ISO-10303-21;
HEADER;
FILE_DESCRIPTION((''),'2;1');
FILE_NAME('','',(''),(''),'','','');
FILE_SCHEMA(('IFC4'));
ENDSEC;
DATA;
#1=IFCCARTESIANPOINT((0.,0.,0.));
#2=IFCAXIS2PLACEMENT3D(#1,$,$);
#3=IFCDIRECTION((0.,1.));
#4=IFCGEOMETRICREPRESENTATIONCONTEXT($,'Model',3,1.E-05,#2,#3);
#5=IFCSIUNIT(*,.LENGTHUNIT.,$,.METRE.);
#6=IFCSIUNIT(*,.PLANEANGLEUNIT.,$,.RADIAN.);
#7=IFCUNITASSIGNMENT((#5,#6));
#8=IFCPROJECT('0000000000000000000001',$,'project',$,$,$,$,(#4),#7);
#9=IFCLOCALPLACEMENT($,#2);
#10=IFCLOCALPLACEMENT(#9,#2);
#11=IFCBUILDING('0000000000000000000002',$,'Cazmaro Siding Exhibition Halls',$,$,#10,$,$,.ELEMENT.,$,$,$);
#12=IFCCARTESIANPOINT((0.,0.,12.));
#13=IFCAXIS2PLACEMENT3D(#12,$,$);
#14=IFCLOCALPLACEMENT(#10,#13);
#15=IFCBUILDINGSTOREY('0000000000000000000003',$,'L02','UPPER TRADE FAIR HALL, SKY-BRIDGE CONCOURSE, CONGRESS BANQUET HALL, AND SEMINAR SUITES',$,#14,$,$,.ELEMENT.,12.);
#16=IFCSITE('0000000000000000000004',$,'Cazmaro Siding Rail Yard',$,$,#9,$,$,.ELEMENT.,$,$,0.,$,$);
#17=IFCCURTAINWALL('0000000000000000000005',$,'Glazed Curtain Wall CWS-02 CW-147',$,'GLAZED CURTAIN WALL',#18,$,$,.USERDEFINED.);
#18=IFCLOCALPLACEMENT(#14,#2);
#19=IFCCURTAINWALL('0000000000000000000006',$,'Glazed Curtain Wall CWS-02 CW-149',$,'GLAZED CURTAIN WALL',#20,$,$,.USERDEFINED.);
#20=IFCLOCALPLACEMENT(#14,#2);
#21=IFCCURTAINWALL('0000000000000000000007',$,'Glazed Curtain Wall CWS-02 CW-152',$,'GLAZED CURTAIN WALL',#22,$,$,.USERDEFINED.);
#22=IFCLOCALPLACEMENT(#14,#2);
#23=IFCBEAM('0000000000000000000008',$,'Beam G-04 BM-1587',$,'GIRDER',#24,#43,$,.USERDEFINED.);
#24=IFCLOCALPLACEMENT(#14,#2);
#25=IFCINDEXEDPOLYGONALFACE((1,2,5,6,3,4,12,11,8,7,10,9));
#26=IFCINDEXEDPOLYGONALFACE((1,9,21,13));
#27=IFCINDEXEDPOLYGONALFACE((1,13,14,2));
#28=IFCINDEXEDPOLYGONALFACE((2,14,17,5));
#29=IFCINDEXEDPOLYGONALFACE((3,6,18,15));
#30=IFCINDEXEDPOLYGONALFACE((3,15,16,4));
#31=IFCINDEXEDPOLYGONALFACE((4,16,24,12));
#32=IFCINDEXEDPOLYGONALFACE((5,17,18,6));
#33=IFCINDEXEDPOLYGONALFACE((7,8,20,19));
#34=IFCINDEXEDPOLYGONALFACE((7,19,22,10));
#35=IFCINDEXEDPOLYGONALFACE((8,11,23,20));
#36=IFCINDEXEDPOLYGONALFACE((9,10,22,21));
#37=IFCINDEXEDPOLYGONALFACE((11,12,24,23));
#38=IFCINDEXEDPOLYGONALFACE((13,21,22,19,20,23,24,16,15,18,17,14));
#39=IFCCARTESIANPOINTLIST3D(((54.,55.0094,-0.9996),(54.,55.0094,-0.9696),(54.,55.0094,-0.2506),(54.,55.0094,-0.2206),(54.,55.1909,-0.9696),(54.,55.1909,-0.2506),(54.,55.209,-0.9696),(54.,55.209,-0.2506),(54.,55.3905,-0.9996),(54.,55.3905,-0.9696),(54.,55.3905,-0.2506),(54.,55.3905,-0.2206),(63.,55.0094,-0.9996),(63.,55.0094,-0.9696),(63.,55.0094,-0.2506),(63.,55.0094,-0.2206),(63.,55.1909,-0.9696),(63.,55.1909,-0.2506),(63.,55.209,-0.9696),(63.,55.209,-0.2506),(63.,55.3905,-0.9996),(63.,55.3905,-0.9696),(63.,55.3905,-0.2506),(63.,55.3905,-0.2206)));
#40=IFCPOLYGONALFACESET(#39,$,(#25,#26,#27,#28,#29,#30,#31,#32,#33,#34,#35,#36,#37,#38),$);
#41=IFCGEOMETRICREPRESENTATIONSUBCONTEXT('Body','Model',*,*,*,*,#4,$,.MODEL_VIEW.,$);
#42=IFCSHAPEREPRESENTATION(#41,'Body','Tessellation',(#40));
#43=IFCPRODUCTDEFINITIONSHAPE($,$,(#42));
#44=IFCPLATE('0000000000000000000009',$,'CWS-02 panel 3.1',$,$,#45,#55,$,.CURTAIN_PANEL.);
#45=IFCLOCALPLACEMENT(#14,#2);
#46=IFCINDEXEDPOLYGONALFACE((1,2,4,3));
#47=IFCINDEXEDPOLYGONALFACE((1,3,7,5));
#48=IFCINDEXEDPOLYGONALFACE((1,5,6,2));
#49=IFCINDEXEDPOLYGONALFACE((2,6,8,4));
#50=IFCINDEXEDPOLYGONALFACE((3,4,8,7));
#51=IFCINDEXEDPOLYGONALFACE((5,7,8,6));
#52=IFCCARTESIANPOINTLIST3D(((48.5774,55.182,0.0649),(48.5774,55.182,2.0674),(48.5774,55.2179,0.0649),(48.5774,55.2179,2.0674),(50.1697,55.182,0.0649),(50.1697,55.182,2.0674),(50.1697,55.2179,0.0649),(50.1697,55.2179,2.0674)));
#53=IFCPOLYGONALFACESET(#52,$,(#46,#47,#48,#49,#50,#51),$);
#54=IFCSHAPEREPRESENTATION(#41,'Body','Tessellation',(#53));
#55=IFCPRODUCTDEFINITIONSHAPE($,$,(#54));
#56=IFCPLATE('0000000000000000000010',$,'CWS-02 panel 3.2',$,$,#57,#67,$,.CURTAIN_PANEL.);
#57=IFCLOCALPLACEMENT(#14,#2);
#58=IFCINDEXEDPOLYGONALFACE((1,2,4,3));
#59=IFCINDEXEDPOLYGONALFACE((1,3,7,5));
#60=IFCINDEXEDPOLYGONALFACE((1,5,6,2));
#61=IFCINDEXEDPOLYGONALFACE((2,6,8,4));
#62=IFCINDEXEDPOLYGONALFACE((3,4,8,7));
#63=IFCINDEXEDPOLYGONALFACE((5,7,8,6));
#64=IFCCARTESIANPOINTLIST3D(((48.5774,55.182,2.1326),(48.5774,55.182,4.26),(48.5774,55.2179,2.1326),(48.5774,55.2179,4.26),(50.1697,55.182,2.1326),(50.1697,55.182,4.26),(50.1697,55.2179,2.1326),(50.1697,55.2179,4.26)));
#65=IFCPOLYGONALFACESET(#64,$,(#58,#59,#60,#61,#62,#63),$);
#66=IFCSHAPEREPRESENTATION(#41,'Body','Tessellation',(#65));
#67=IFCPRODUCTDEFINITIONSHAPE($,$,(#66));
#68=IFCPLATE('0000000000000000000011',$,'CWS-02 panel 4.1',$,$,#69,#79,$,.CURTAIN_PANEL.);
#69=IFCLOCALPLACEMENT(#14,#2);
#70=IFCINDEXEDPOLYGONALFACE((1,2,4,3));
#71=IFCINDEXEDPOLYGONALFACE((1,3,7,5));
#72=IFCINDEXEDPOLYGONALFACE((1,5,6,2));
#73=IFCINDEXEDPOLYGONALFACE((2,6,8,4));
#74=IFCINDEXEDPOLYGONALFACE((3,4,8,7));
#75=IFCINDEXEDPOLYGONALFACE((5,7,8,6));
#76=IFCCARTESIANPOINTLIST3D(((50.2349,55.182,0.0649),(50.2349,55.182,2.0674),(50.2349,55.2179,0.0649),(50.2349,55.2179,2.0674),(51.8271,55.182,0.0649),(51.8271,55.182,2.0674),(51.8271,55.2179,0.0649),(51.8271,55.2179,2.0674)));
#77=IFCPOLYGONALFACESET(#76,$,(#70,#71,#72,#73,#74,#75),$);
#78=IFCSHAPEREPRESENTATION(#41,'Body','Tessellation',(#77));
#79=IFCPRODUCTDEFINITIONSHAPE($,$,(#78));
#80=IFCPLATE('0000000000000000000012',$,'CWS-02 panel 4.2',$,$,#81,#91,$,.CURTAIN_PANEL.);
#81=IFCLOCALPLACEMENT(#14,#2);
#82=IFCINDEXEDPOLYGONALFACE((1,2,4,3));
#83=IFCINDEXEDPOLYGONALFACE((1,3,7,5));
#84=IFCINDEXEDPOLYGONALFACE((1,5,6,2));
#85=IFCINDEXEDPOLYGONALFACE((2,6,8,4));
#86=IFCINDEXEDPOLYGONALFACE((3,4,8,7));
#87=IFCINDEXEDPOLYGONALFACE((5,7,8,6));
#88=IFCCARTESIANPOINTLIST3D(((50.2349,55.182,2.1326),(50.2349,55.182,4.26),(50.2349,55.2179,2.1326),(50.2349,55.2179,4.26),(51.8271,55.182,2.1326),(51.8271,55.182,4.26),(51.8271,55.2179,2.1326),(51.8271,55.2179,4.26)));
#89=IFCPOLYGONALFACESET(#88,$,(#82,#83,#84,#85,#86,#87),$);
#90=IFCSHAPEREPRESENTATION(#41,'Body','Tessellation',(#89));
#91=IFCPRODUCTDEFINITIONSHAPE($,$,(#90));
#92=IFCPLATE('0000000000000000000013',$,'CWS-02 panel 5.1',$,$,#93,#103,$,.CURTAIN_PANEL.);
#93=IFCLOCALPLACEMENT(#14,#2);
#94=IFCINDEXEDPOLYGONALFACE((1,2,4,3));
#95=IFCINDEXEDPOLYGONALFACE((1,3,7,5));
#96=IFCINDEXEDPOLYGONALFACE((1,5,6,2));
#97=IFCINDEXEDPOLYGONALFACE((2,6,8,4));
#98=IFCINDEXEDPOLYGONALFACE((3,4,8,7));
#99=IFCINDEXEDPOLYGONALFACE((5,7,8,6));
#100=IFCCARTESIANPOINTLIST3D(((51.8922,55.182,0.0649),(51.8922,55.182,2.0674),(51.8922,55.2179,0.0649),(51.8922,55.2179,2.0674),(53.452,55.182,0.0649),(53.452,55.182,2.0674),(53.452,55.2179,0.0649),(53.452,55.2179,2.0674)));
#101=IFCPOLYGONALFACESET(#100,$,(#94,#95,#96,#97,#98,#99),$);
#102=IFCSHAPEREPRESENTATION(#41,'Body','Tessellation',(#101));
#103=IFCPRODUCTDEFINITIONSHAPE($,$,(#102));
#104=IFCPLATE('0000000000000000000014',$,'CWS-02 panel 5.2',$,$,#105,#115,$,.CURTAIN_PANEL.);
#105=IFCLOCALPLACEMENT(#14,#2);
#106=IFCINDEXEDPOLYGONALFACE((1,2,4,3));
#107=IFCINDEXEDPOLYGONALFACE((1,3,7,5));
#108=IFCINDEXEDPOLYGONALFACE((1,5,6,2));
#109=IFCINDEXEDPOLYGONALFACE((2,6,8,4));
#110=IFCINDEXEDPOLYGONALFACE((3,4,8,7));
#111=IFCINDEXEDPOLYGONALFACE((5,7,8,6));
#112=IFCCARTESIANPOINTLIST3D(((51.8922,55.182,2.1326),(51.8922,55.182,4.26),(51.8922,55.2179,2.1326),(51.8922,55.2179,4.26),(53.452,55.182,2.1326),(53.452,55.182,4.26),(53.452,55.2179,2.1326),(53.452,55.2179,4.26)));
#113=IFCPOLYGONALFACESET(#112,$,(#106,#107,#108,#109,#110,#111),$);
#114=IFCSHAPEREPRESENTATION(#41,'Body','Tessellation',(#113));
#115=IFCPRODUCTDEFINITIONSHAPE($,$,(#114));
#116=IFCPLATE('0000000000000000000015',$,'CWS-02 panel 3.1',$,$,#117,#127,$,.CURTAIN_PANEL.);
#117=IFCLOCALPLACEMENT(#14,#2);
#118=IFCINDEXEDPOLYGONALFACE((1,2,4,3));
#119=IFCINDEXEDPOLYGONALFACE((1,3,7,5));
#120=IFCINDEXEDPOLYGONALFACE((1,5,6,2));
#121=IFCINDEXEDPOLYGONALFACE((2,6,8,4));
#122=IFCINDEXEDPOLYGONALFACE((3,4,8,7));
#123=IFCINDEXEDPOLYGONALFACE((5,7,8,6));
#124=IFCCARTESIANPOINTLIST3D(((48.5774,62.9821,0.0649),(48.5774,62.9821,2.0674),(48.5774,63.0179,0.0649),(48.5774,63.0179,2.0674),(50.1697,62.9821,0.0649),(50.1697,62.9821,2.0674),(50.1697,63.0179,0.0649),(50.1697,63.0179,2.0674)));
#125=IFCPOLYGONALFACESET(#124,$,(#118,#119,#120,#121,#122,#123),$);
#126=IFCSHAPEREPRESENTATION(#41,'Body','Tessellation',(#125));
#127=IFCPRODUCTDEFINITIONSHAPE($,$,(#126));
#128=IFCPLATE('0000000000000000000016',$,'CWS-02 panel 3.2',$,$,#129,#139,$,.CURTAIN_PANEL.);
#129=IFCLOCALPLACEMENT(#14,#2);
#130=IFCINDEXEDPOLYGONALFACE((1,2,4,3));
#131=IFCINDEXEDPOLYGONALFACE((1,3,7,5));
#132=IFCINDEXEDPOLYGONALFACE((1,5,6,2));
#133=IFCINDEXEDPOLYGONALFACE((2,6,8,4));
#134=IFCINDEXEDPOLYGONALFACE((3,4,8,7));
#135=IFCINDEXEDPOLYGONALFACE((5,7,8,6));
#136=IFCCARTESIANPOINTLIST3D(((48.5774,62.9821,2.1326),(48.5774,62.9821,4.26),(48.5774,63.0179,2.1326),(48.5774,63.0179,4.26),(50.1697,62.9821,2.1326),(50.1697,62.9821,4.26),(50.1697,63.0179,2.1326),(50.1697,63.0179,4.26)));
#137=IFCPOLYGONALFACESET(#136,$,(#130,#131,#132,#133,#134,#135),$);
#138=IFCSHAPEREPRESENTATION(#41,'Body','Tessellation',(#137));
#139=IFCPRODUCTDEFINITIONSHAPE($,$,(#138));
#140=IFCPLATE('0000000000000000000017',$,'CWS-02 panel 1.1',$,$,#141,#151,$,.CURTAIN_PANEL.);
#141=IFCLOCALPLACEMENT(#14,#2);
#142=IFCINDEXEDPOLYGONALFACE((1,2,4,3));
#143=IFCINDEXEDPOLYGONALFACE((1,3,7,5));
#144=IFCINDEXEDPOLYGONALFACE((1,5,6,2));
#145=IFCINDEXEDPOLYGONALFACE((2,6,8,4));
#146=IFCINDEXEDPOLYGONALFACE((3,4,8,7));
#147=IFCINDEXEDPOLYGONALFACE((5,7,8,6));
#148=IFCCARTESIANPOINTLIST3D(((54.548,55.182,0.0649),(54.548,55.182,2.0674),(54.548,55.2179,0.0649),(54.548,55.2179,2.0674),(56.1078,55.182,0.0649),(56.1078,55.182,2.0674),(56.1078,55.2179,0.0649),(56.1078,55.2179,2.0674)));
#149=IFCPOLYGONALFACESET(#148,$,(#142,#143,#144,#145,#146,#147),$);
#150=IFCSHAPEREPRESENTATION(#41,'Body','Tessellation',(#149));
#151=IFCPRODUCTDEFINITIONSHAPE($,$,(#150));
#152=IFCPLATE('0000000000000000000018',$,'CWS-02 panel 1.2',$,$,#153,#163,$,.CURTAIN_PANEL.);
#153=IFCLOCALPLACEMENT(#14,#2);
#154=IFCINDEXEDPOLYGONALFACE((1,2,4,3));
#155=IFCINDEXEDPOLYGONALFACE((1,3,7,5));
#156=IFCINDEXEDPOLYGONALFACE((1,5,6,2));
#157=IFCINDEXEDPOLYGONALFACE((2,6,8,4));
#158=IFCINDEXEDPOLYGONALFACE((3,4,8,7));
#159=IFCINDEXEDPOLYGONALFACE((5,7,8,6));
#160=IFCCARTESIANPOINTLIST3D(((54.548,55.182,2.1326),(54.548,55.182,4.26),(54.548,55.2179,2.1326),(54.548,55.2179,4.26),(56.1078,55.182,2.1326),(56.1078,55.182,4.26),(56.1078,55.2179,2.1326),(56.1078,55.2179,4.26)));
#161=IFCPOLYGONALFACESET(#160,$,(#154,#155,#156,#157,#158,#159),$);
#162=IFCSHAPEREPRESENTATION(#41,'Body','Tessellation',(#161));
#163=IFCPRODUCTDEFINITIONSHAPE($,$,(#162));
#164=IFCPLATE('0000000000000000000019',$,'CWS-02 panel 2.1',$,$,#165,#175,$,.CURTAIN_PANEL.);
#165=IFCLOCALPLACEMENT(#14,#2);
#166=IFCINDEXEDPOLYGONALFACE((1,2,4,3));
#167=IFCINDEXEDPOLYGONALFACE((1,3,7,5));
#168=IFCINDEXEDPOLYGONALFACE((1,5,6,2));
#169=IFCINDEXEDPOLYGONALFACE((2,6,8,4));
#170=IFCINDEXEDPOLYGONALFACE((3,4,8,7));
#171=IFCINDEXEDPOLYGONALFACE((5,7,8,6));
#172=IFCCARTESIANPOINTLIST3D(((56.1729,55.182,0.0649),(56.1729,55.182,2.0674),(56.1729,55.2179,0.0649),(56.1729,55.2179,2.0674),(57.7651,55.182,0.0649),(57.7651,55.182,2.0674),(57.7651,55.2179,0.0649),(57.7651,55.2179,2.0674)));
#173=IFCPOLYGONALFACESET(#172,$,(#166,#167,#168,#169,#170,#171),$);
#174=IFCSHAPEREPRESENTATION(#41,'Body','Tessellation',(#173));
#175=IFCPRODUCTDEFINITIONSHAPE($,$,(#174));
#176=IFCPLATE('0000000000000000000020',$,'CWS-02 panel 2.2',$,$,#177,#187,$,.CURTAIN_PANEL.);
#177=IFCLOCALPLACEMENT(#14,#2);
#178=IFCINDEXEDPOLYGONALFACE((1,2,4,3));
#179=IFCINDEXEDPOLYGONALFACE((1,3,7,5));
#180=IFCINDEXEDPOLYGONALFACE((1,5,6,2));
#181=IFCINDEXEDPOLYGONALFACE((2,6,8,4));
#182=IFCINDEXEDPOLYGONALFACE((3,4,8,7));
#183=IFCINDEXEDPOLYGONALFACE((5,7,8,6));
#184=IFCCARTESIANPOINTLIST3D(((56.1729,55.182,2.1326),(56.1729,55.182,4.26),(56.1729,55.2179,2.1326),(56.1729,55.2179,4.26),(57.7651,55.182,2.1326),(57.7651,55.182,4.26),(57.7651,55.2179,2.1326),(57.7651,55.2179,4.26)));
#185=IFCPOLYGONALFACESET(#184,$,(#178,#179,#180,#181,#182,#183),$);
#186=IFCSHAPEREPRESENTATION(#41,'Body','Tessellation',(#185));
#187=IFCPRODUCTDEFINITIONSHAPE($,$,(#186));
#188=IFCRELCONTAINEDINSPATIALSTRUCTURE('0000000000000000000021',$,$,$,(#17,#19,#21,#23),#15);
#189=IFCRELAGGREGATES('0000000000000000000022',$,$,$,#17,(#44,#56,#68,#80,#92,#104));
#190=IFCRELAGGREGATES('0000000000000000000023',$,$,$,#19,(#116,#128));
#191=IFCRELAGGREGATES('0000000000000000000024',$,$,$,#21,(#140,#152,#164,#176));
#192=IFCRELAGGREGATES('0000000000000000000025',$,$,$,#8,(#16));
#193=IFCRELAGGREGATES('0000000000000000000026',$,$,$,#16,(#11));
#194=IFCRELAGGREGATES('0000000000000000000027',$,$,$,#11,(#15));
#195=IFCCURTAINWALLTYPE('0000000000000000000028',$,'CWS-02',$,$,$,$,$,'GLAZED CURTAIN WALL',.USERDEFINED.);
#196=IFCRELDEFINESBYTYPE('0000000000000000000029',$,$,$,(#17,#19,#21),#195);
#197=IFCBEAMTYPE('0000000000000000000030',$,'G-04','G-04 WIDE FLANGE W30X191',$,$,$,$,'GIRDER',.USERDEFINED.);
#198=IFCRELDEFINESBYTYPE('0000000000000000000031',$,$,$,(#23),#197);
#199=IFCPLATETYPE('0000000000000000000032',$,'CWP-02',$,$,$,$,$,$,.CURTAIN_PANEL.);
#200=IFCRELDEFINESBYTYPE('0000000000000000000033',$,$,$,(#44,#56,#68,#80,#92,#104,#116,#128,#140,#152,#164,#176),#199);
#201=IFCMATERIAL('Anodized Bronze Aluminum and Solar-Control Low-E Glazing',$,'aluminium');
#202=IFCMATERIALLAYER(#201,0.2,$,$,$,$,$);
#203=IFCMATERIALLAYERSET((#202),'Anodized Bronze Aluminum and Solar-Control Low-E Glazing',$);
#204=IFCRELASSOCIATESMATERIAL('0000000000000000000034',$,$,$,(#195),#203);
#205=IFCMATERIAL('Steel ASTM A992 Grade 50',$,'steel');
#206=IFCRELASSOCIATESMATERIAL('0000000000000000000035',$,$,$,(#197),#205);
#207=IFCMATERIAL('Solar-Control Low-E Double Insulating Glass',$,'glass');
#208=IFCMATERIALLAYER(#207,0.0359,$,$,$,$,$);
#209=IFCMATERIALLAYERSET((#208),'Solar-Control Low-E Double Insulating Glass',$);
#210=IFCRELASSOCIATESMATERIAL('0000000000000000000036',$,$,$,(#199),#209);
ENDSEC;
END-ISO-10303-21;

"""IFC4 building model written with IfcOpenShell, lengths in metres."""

from ifc_helpers import new_model, si_unit, direction, frame, origin, origin_2d, place, context, subcontext, project, spatial, rectangle, i_section, extrude, material, layer, layer_set, material_profile, profile_set, type_object, element, aggregate, save


model = new_model("IFC4")

# Units and contexts
model_context = context("Model", 3, precision=1e-05, world=origin(), true_north=direction((0.0, 1.0)))
body_context = subcontext(model_context, "Body", "Model", "MODEL_VIEW")
ifc_project = project(units=[si_unit("LENGTHUNIT", "METRE"), si_unit("PLANEANGLEUNIT", "RADIAN")], contexts=[model_context])

# Site, building, storey
site_placement = place(None, origin())
site = spatial("IfcSite", under=ifc_project, at=site_placement, Name="Cazmaro Siding Rail Yard", CompositionType="ELEMENT", RefElevation=0.0)
building_placement = place(site_placement, origin())
building = spatial("IfcBuilding", under=site, at=building_placement, Name="Cazmaro Siding Exhibition Halls", CompositionType="ELEMENT")
storey_placement = place(building_placement, frame((0.0, 0.0, 12.0)))
storey = spatial("IfcBuildingStorey", under=building, at=storey_placement, Name="L02", Description="UPPER TRADE FAIR HALL, SKY-BRIDGE CONCOURSE, CONGRESS BANQUET HALL, AND SEMINAR SUITES", CompositionType="ELEMENT", Elevation=12.0)

# Curtain wall
ifc_material_1 = material(Name="Anodized Bronze Aluminum and Solar-Control Low-E Glazing", Category="aluminium")
ifc_layer_1 = layer(ifc_material_1, 0.2)
ifc_layer_set_1 = layer_set([ifc_layer_1], Name="Anodized Bronze Aluminum and Solar-Control Low-E Glazing")
curtain_wall_type = type_object("IfcCurtainWallType", Name="CWS-02", ElementType="GLAZED CURTAIN WALL", PredefinedType="USERDEFINED", material=ifc_layer_set_1)
curtain_wall_1_placement = place(storey_placement, origin())
curtain_wall_1 = element("IfcCurtainWall", 1, at=curtain_wall_1_placement, inside=storey, type_object=curtain_wall_type, Name="Glazed Curtain Wall CWS-02 CW-147", ObjectType="GLAZED CURTAIN WALL", PredefinedType="USERDEFINED")

# Curtain wall
curtain_wall_2_placement = place(storey_placement, origin())
curtain_wall_2 = element("IfcCurtainWall", 2, at=curtain_wall_2_placement, inside=storey, type_object=curtain_wall_type, Name="Glazed Curtain Wall CWS-02 CW-149", ObjectType="GLAZED CURTAIN WALL", PredefinedType="USERDEFINED")

# Curtain wall
curtain_wall_3_placement = place(storey_placement, origin())
curtain_wall_3 = element("IfcCurtainWall", 3, at=curtain_wall_3_placement, inside=storey, type_object=curtain_wall_type, Name="Glazed Curtain Wall CWS-02 CW-152", ObjectType="GLAZED CURTAIN WALL", PredefinedType="USERDEFINED")

# Beam
ifc_material_2 = material(Name="Steel ASTM A992 Grade 50", Category="steel")
ifc_material_profile_1 = material_profile(ifc_material_2, i_section(OverallWidth=0.3811, OverallDepth=0.7791, WebThickness=0.0181, FlangeThickness=0.03, at=origin_2d()), Name="W30X191")
ifc_profile_set_1 = profile_set([ifc_material_profile_1], Name="Steel ASTM A992 Grade 50")
beam_type_1 = type_object("IfcBeamType", Name="G-04", Description="G-04 WIDE FLANGE W30X191", ElementType="GIRDER", PredefinedType="USERDEFINED", material=ifc_profile_set_1)
beam_1_placement = place(storey_placement, frame((54.0, 55.2, -0.6101), z_axis=(1.0, 0.0, 0.0), x_axis=(0.0, 1.0, 0.0)))
element("IfcBeam", 4, at=beam_1_placement, inside=storey, type_object=beam_type_1, Name="Beam G-04 BM-1587", ObjectType="GIRDER", PredefinedType="USERDEFINED", context=body_context, shape_type="SweptSolid", body=[
    extrude(i_section(OverallWidth=0.3811, OverallDepth=0.7791, WebThickness=0.0181, FlangeThickness=0.03, at=origin_2d()), origin(), (0.0, 0.0, 1.0), 9.0),
])

# Plates
ifc_material_3 = material(Name="Solar-Control Low-E Double Insulating Glass", Category="glass")
ifc_layer_2 = layer(ifc_material_3, 0.0359)
ifc_layer_set_2 = layer_set([ifc_layer_2], Name="Solar-Control Low-E Double Insulating Glass")
plate_type = type_object("IfcPlateType", Name="CWP-02", PredefinedType="CURTAIN_PANEL", material=ifc_layer_set_2)
plate_1_placement = place(storey_placement, frame((49.3735, 55.2, 0.0649), z_axis=(0.0, 0.0, 1.0), x_axis=(1.0, 0.0, 0.0)))
plate_1 = element("IfcPlate", 5, at=plate_1_placement, type_object=plate_type, Name="CWS-02 panel 3.1", PredefinedType="CURTAIN_PANEL", context=body_context, shape_type="SweptSolid", body=[
    extrude(rectangle(XDim=1.5923, YDim=0.0359, at=origin_2d()), origin(), (0.0, 0.0, 1.0), 2.0024),
])
plate_2_placement = place(storey_placement, frame((49.3735, 55.2, 2.1326), z_axis=(0.0, 0.0, 1.0), x_axis=(1.0, 0.0, 0.0)))
plate_2 = element("IfcPlate", 6, at=plate_2_placement, type_object=plate_type, Name="CWS-02 panel 3.2", PredefinedType="CURTAIN_PANEL", context=body_context, shape_type="SweptSolid", body=[
    extrude(rectangle(XDim=1.5923, YDim=0.0359, at=origin_2d()), origin(), (0.0, 0.0, 1.0), 2.1274),
])
plate_3_placement = place(storey_placement, frame((51.031, 55.2, 0.0649), z_axis=(0.0, 0.0, 1.0), x_axis=(1.0, 0.0, 0.0)))
plate_3 = element("IfcPlate", 7, at=plate_3_placement, type_object=plate_type, Name="CWS-02 panel 4.1", PredefinedType="CURTAIN_PANEL", context=body_context, shape_type="SweptSolid", body=[
    extrude(rectangle(XDim=1.5923, YDim=0.0359, at=origin_2d()), origin(), (0.0, 0.0, 1.0), 2.0024),
])
plate_4_placement = place(storey_placement, frame((51.031, 55.2, 2.1326), z_axis=(0.0, 0.0, 1.0), x_axis=(1.0, 0.0, 0.0)))
plate_4 = element("IfcPlate", 8, at=plate_4_placement, type_object=plate_type, Name="CWS-02 panel 4.2", PredefinedType="CURTAIN_PANEL", context=body_context, shape_type="SweptSolid", body=[
    extrude(rectangle(XDim=1.5923, YDim=0.0359, at=origin_2d()), origin(), (0.0, 0.0, 1.0), 2.1274),
])
plate_5_placement = place(storey_placement, frame((52.6721, 55.2, 0.0649), z_axis=(0.0, 0.0, 1.0), x_axis=(1.0, 0.0, 0.0)))
plate_5 = element("IfcPlate", 9, at=plate_5_placement, type_object=plate_type, Name="CWS-02 panel 5.1", PredefinedType="CURTAIN_PANEL", context=body_context, shape_type="SweptSolid", body=[
    extrude(rectangle(XDim=1.5598, YDim=0.0359, at=origin_2d()), origin(), (0.0, 0.0, 1.0), 2.0024),
])
plate_6_placement = place(storey_placement, frame((52.6721, 55.2, 2.1326), z_axis=(0.0, 0.0, 1.0), x_axis=(1.0, 0.0, 0.0)))
plate_6 = element("IfcPlate", 10, at=plate_6_placement, type_object=plate_type, Name="CWS-02 panel 5.2", PredefinedType="CURTAIN_PANEL", context=body_context, shape_type="SweptSolid", body=[
    extrude(rectangle(XDim=1.5598, YDim=0.0359, at=origin_2d()), origin(), (0.0, 0.0, 1.0), 2.1274),
])
aggregate(curtain_wall_1, [plate_1, plate_2, plate_3, plate_4, plate_5, plate_6])
plate_7_placement = place(storey_placement, frame((49.3735, 63.0, 0.0649), z_axis=(0.0, 0.0, 1.0), x_axis=(-1.0, 0.0, 0.0)))
plate_7 = element("IfcPlate", 11, at=plate_7_placement, type_object=plate_type, Name="CWS-02 panel 3.1", PredefinedType="CURTAIN_PANEL", context=body_context, shape_type="SweptSolid", body=[
    extrude(rectangle(XDim=1.5923, YDim=0.0359, at=origin_2d()), origin(), (0.0, 0.0, 1.0), 2.0024),
])
plate_8_placement = place(storey_placement, frame((49.3735, 63.0, 2.1326), z_axis=(0.0, 0.0, 1.0), x_axis=(-1.0, 0.0, 0.0)))
plate_8 = element("IfcPlate", 12, at=plate_8_placement, type_object=plate_type, Name="CWS-02 panel 3.2", PredefinedType="CURTAIN_PANEL", context=body_context, shape_type="SweptSolid", body=[
    extrude(rectangle(XDim=1.5923, YDim=0.0359, at=origin_2d()), origin(), (0.0, 0.0, 1.0), 2.1274),
])
aggregate(curtain_wall_2, [plate_7, plate_8])
plate_9_placement = place(storey_placement, frame((55.3279, 55.2, 0.0649), z_axis=(0.0, 0.0, 1.0), x_axis=(1.0, 0.0, 0.0)))
plate_9 = element("IfcPlate", 13, at=plate_9_placement, type_object=plate_type, Name="CWS-02 panel 1.1", PredefinedType="CURTAIN_PANEL", context=body_context, shape_type="SweptSolid", body=[
    extrude(rectangle(XDim=1.5598, YDim=0.0359, at=origin_2d()), origin(), (0.0, 0.0, 1.0), 2.0024),
])
plate_10_placement = place(storey_placement, frame((55.3279, 55.2, 2.1326), z_axis=(0.0, 0.0, 1.0), x_axis=(1.0, 0.0, 0.0)))
plate_10 = element("IfcPlate", 14, at=plate_10_placement, type_object=plate_type, Name="CWS-02 panel 1.2", PredefinedType="CURTAIN_PANEL", context=body_context, shape_type="SweptSolid", body=[
    extrude(rectangle(XDim=1.5598, YDim=0.0359, at=origin_2d()), origin(), (0.0, 0.0, 1.0), 2.1274),
])
plate_11_placement = place(storey_placement, frame((56.969, 55.2, 0.0649), z_axis=(0.0, 0.0, 1.0), x_axis=(1.0, 0.0, 0.0)))
plate_11 = element("IfcPlate", 15, at=plate_11_placement, type_object=plate_type, Name="CWS-02 panel 2.1", PredefinedType="CURTAIN_PANEL", context=body_context, shape_type="SweptSolid", body=[
    extrude(rectangle(XDim=1.5923, YDim=0.0359, at=origin_2d()), origin(), (0.0, 0.0, 1.0), 2.0024),
])
plate_12_placement = place(storey_placement, frame((56.969, 55.2, 2.1326), z_axis=(0.0, 0.0, 1.0), x_axis=(1.0, 0.0, 0.0)))
plate_12 = element("IfcPlate", 16, at=plate_12_placement, type_object=plate_type, Name="CWS-02 panel 2.2", PredefinedType="CURTAIN_PANEL", context=body_context, shape_type="SweptSolid", body=[
    extrude(rectangle(XDim=1.5923, YDim=0.0359, at=origin_2d()), origin(), (0.0, 0.0, 1.0), 2.1274),
])
aggregate(curtain_wall_3, [plate_9, plate_10, plate_11, plate_12])

save(model, "model.ifc")
